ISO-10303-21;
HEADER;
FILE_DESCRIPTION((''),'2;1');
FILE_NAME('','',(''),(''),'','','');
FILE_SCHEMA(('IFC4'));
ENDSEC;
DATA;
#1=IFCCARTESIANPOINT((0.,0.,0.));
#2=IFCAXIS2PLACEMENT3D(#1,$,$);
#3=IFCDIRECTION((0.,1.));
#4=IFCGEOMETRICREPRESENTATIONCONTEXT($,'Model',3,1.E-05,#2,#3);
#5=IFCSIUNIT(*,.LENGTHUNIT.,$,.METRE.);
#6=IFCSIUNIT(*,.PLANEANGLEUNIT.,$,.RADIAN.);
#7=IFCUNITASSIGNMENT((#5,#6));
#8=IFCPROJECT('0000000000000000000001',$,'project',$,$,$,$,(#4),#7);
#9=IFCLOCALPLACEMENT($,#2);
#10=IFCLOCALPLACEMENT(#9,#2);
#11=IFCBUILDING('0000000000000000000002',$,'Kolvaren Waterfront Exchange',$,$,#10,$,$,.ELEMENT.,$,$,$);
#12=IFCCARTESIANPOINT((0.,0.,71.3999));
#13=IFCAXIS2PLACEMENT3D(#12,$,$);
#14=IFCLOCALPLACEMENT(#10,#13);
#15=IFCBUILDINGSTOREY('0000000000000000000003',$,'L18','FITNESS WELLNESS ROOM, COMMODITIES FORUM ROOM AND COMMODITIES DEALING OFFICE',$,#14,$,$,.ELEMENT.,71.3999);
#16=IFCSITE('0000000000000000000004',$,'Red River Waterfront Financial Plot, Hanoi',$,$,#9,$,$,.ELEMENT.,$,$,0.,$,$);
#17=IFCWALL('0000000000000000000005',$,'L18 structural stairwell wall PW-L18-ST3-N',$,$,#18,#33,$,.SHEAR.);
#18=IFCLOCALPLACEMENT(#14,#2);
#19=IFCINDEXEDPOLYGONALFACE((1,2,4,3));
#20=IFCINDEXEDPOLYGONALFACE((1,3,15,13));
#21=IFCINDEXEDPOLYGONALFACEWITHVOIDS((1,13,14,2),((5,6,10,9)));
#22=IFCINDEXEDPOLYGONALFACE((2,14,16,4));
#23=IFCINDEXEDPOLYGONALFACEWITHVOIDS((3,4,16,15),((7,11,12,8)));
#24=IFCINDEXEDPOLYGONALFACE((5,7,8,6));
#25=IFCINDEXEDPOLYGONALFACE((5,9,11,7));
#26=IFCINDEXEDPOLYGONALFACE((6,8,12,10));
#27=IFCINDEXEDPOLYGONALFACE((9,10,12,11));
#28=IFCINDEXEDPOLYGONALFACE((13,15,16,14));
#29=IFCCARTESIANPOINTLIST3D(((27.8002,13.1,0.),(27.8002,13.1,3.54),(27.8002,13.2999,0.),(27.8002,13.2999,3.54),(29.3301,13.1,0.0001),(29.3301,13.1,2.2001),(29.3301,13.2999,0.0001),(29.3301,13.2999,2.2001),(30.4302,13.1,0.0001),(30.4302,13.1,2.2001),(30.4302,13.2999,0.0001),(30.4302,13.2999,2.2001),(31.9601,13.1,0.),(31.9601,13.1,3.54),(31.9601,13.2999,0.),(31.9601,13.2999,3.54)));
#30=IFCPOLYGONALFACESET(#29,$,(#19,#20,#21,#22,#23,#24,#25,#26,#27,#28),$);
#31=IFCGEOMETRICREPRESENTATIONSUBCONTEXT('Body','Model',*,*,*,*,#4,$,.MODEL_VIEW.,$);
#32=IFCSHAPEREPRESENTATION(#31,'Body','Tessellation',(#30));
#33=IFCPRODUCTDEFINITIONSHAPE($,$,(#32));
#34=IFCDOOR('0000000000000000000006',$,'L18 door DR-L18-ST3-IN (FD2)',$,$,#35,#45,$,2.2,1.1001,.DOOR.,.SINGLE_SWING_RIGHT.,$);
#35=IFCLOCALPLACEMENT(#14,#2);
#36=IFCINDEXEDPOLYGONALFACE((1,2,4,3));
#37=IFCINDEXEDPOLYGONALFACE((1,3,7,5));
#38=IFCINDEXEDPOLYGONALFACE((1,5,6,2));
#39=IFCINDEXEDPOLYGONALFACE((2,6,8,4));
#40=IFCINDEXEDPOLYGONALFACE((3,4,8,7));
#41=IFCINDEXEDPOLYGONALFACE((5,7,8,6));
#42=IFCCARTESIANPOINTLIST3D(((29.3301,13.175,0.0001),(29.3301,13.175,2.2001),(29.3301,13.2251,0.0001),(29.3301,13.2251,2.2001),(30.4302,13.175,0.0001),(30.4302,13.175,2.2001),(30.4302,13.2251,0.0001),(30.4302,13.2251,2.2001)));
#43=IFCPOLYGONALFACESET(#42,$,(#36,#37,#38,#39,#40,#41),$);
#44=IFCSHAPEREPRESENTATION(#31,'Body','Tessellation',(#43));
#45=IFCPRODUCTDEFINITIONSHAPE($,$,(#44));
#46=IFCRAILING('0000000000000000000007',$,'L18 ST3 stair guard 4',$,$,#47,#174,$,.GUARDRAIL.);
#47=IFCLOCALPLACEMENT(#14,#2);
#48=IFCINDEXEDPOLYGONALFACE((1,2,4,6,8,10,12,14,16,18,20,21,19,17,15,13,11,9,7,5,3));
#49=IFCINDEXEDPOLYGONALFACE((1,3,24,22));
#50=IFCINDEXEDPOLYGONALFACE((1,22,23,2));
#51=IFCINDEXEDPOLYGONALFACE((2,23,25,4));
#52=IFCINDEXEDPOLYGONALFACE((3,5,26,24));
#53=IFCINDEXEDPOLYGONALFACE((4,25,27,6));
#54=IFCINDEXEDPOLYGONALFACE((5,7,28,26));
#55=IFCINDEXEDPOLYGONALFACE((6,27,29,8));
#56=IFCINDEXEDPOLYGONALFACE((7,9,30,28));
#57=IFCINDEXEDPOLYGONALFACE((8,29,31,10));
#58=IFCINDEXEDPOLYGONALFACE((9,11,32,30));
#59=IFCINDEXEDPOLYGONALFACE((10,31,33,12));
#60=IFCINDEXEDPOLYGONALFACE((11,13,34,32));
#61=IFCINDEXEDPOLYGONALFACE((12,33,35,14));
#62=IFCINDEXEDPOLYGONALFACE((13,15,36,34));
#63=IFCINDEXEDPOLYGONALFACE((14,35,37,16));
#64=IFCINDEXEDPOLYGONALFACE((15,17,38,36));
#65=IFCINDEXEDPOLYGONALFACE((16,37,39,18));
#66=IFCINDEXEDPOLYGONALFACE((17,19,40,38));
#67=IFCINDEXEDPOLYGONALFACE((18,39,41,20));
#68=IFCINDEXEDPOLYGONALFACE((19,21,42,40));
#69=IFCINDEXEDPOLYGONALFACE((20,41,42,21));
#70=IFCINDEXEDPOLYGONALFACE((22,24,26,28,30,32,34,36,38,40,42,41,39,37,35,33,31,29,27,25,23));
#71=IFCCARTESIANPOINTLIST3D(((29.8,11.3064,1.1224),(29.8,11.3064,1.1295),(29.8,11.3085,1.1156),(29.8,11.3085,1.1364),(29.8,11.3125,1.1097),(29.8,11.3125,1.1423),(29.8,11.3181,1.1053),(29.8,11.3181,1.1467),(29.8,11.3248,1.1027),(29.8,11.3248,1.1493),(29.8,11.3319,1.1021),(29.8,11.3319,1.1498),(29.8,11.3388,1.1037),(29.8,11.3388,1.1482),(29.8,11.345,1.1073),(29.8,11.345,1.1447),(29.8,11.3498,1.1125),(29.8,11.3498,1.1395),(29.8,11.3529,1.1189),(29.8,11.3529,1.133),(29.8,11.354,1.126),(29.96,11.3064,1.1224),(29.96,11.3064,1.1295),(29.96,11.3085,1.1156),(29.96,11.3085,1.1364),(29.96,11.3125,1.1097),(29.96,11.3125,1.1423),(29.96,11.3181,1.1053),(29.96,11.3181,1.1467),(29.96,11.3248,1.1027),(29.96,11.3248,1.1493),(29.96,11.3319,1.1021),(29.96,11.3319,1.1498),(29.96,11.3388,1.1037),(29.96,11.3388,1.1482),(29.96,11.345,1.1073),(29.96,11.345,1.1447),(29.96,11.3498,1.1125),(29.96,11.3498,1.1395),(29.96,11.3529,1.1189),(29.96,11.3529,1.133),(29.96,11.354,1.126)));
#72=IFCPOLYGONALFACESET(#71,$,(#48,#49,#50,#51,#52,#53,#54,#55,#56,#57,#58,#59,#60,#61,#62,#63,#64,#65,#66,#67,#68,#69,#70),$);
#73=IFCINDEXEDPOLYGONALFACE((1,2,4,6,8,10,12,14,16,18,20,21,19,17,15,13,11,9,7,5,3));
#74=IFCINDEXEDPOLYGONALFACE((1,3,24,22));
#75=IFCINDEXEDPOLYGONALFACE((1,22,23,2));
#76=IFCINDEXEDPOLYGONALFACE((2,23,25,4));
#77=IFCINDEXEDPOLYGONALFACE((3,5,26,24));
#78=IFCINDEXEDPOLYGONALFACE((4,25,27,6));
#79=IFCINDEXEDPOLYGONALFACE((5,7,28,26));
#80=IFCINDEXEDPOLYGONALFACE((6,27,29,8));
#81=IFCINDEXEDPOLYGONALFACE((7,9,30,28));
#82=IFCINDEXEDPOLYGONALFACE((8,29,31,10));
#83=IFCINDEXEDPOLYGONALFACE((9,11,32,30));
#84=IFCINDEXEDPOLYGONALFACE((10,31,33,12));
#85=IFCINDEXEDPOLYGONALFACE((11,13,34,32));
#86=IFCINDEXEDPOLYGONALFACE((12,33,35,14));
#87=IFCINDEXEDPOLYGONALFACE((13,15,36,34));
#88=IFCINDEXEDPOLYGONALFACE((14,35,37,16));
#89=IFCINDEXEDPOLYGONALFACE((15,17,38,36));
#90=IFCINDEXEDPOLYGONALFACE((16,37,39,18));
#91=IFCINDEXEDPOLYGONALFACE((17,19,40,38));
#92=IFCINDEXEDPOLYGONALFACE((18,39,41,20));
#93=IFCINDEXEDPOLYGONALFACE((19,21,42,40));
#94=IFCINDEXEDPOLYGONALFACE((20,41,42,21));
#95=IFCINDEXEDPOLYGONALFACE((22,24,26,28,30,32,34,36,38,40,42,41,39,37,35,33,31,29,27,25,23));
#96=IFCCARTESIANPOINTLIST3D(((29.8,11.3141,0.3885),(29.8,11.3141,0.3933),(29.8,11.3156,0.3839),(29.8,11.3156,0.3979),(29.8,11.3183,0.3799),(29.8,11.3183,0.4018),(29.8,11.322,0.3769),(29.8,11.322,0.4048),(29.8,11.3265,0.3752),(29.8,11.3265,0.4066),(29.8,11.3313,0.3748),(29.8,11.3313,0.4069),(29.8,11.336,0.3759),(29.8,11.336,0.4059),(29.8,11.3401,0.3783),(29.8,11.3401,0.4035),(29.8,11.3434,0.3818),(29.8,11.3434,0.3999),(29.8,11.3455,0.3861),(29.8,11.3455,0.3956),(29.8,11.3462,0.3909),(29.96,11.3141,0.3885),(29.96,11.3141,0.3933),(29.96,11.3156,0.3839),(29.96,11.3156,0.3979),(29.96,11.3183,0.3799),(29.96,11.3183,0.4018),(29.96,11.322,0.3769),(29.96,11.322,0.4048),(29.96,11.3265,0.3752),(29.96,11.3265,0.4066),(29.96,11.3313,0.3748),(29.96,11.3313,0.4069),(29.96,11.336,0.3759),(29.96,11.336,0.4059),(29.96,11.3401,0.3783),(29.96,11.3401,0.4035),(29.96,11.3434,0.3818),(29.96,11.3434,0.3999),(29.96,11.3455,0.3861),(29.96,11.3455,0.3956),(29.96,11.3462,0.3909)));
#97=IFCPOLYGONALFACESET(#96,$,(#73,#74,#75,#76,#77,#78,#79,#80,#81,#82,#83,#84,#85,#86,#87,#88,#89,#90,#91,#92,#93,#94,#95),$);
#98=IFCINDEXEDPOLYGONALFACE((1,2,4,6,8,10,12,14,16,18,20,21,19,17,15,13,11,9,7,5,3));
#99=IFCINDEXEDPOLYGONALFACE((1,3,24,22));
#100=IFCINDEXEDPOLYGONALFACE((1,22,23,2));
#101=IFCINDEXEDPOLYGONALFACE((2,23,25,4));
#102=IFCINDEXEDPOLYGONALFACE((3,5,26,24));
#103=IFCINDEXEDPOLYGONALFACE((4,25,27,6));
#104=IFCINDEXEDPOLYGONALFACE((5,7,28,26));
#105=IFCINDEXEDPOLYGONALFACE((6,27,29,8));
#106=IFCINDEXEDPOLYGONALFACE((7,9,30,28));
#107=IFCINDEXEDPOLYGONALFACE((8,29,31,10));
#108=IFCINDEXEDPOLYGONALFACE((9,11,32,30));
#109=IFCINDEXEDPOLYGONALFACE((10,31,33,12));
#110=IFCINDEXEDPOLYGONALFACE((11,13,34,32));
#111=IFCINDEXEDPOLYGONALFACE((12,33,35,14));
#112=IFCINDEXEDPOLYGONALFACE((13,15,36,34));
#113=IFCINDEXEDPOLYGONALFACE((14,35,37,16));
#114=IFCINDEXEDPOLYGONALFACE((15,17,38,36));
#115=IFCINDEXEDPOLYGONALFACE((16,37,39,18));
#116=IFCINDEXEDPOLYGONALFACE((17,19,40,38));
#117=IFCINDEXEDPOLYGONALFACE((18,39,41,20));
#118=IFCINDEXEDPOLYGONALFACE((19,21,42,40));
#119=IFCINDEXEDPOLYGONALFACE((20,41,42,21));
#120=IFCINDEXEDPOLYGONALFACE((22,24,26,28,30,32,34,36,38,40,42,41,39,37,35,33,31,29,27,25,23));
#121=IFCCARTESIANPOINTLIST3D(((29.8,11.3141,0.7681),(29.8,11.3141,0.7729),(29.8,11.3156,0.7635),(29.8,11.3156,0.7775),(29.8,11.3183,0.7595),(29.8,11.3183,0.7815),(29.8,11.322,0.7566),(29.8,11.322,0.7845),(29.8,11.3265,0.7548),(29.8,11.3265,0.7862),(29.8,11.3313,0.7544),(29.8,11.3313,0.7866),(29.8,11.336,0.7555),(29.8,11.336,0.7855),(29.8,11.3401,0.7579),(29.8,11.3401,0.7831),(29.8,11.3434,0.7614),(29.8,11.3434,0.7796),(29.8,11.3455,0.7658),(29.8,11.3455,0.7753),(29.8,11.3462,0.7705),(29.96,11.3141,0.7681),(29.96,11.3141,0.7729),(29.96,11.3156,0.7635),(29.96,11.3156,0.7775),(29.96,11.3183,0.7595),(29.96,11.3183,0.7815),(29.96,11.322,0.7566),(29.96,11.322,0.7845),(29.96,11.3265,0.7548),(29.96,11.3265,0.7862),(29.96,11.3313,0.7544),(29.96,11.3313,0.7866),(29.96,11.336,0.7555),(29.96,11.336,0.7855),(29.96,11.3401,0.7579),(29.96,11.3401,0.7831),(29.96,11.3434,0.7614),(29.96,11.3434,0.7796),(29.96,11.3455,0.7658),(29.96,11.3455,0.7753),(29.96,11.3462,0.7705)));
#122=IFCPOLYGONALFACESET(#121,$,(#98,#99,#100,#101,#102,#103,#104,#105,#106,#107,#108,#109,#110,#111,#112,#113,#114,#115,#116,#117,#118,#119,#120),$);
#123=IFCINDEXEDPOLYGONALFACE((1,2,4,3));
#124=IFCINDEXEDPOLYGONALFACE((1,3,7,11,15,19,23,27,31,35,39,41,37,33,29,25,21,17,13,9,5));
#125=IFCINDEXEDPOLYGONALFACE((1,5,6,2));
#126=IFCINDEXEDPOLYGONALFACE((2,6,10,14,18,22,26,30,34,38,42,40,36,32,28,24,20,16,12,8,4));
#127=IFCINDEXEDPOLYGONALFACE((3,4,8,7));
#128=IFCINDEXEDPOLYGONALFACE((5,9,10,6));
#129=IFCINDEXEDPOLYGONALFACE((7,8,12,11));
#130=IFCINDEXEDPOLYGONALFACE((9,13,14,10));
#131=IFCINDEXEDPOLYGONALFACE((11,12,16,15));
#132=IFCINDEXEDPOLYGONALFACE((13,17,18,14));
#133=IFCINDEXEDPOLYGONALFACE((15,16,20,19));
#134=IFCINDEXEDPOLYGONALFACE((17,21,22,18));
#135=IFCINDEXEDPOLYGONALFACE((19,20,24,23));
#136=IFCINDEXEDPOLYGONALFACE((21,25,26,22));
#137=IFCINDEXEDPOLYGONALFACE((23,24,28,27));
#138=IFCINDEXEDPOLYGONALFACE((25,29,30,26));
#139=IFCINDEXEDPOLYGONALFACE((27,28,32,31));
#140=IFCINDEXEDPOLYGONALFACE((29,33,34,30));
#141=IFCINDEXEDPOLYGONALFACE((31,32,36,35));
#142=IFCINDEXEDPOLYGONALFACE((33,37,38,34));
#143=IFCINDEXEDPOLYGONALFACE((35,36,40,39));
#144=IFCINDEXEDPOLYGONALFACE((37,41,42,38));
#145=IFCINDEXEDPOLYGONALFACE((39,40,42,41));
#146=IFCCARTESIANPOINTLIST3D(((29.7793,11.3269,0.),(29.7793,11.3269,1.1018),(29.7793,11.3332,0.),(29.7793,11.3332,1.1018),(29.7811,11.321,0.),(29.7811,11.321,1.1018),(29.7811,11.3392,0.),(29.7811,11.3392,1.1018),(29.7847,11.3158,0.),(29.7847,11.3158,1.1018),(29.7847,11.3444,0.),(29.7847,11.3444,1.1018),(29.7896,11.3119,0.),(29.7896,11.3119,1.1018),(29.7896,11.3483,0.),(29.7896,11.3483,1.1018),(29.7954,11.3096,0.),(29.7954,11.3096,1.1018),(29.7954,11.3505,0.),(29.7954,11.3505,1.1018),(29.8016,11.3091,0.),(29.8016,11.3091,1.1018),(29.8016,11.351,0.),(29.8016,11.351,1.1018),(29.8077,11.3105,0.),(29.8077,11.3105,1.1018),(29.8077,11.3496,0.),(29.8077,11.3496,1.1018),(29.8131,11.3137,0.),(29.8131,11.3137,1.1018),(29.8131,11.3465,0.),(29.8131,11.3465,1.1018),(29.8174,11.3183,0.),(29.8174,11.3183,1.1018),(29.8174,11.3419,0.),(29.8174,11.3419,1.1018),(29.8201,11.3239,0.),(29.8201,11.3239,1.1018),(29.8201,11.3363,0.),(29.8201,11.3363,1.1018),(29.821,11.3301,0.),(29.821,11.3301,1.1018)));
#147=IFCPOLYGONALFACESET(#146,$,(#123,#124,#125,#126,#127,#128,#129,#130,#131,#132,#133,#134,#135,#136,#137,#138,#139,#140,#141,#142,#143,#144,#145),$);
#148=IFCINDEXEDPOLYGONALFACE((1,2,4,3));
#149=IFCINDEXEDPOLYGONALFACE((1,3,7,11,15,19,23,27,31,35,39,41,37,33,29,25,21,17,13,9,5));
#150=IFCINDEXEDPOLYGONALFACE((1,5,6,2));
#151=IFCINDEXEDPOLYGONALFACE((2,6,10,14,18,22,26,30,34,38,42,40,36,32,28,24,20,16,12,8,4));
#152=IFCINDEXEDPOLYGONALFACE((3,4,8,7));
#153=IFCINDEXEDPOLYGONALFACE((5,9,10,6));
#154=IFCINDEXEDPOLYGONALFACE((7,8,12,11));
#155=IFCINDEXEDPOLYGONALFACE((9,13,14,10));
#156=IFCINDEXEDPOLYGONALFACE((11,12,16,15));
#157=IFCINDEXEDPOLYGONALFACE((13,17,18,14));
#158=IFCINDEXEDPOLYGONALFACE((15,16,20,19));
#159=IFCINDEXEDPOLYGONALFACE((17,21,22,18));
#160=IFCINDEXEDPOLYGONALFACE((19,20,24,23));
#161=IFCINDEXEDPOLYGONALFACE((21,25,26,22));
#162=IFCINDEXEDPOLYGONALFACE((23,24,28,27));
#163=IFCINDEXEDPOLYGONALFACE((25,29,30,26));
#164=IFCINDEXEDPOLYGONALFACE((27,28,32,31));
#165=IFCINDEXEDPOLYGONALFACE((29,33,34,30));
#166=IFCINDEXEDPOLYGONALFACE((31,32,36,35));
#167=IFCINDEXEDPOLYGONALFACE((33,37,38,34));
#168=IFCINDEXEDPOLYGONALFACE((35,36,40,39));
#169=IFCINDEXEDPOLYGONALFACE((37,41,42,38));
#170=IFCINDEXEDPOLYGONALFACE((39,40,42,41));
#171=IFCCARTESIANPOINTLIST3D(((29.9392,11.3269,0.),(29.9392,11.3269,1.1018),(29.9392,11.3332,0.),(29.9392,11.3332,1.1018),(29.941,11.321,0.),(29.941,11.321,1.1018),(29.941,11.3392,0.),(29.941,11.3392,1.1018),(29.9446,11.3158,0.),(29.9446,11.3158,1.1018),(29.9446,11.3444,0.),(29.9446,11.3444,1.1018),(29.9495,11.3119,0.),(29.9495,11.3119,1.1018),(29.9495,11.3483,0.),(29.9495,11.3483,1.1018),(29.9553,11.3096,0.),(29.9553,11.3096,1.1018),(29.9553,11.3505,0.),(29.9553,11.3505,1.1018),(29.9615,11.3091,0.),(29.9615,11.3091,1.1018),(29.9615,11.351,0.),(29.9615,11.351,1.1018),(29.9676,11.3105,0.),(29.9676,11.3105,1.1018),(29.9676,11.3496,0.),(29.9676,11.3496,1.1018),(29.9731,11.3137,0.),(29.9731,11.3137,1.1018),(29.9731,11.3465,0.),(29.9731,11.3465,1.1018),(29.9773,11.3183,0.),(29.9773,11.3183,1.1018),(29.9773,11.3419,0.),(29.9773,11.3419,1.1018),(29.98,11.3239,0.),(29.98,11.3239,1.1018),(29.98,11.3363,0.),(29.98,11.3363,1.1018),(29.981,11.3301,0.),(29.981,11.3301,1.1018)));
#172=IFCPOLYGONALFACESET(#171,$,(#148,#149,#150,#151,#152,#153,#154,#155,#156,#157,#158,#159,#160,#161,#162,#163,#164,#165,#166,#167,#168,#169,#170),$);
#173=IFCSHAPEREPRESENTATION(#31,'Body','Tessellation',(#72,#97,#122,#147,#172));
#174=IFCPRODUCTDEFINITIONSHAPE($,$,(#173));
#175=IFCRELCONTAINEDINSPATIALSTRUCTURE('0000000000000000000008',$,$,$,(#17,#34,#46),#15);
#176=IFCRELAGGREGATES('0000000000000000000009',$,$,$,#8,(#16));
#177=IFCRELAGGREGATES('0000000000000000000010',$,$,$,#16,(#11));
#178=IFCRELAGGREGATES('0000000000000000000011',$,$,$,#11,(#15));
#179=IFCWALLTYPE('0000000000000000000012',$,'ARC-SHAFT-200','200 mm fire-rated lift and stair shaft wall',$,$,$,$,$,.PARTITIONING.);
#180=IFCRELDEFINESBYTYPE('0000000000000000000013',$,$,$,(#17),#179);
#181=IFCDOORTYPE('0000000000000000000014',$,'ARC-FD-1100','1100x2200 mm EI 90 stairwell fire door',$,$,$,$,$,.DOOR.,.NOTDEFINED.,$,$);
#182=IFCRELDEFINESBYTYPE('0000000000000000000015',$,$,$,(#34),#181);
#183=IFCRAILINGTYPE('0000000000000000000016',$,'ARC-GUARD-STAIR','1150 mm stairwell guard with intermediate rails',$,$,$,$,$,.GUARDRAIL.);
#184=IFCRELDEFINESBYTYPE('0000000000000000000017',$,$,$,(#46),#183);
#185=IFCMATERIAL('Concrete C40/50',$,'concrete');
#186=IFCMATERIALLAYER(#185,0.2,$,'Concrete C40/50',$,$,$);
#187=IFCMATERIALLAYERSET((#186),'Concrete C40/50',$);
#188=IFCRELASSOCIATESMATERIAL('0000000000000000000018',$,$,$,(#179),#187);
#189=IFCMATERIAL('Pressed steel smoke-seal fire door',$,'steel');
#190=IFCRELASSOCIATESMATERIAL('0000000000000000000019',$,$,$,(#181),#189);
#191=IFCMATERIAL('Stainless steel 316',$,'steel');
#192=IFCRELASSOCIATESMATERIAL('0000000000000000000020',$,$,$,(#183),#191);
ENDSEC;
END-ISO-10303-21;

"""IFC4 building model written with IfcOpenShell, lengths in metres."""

from ifc_helpers import new_model, si_unit, direction, frame, frame_2d, origin, origin_2d, place, context, subcontext, project, spatial, rectangle, circle, extrude, material, layer, layer_set, type_object, element, fill, save


model = new_model("IFC4")

# Units and contexts
model_context = context("Model", 3, precision=1e-05, world=origin(), true_north=direction((0.0, 1.0)))
body_context = subcontext(model_context, "Body", "Model", "MODEL_VIEW")
ifc_project = project(units=[si_unit("LENGTHUNIT", "METRE"), si_unit("PLANEANGLEUNIT", "RADIAN")], contexts=[model_context])

# Site, building, storey
site_placement = place(None, origin())
site = spatial("IfcSite", under=ifc_project, at=site_placement, Name="Red River Waterfront Financial Plot, Hanoi", CompositionType="ELEMENT", RefElevation=0.0)
building_placement = place(site_placement, origin())
building = spatial("IfcBuilding", under=site, at=building_placement, Name="Kolvaren Waterfront Exchange", CompositionType="ELEMENT")
storey_placement = place(building_placement, frame((0.0, 0.0, 71.3999)))
storey = spatial("IfcBuildingStorey", under=building, at=storey_placement, Name="L18", Description="FITNESS WELLNESS ROOM, COMMODITIES FORUM ROOM AND COMMODITIES DEALING OFFICE", CompositionType="ELEMENT", Elevation=71.3999)

# Wall, opening, door
ifc_material_1 = material(Name="Concrete C40/50", Category="concrete")
ifc_layer_1 = layer(ifc_material_1, 0.2, Name="Concrete C40/50")
ifc_layer_set_1 = layer_set([ifc_layer_1], Name="Concrete C40/50")
wall_type_1 = type_object("IfcWallType", Name="ARC-SHAFT-200", Description="200 mm fire-rated lift and stair shaft wall", PredefinedType="PARTITIONING", material=ifc_layer_set_1)
wall_1_placement = place(storey_placement, frame((27.8, 13.2, 0.0), z_axis=(0.0, 0.0, 1.0), x_axis=(1.0, 0.0, 0.0)))
wall_1 = element("IfcWall", 1, at=wall_1_placement, inside=storey, type_object=wall_type_1, Name="L18 structural stairwell wall PW-L18-ST3-N", PredefinedType="SHEAR", context=body_context, shape_type="SweptSolid", body=[
    extrude(rectangle(XDim=4.1599, YDim=0.2, at=frame_2d((2.0801, 0.0))), origin(), (0.0, 0.0, 1.0), 3.54),
])
opening_1_placement = place(wall_1_placement, frame((1.53, 0.0, 0.0)))
opening_1 = element("IfcOpeningElement", 2, at=opening_1_placement, cuts=wall_1, PredefinedType="OPENING", context=body_context, shape_type="SweptSolid", body=[
    extrude(rectangle(XDim=1.1001, YDim=2.2, at=frame_2d((0.55, 1.1001))), frame((0.0, 0.1099, 0.0), z_axis=(0.0, -1.0, 0.0), x_axis=(1.0, 0.0, 0.0)), (0.0, 0.0, 1.0), 0.22),
])
ifc_material_2 = material(Name="Pressed steel smoke-seal fire door", Category="steel")
door_type_1 = type_object("IfcDoorType", Name="ARC-FD-1100", Description="1100x2200 mm EI 90 stairwell fire door", OperationType="NOTDEFINED", PredefinedType="DOOR", material=ifc_material_2)
door_1_placement = place(opening_1_placement, frame((1.1001, 0.0, 0.0), z_axis=(0.0, 0.0, 1.0), x_axis=(-1.0, 0.0, 0.0)))
door_1 = element("IfcDoor", 3, at=door_1_placement, inside=storey, type_object=door_type_1, Name="L18 door DR-L18-ST3-IN (FD2)", OperationType="SINGLE_SWING_RIGHT", OverallHeight=2.2, OverallWidth=1.1001, PredefinedType="DOOR", context=body_context, shape_type="SweptSolid", body=[
    extrude(rectangle(XDim=1.1001, YDim=2.2, at=frame_2d((0.55, 1.1001))), frame((0.0, 0.0249, 0.0), z_axis=(0.0, -1.0, 0.0), x_axis=(1.0, 0.0, 0.0)), (0.0, 0.0, 1.0), 0.05),
])
fill(opening_1, door_1)

# Railing
ifc_material_3 = material(Name="Stainless steel 316", Category="steel")
railing_type = type_object("IfcRailingType", Name="ARC-GUARD-STAIR", Description="1150 mm stairwell guard with intermediate rails", PredefinedType="GUARDRAIL", material=ifc_material_3)
railing_placement = place(storey_placement, frame((29.8, 11.3301, 0.0)))
element("IfcRailing", 4, at=railing_placement, inside=storey, type_object=railing_type, Name="L18 ST3 stair guard 4", PredefinedType="GUARDRAIL", context=body_context, shape_type="SweptSolid", body=[
    extrude(circle(Radius=0.0239, at=origin_2d()), frame((0.0, 0.0, 1.126), z_axis=(1.0, 0.0, 0.0), x_axis=(0.0, 1.0, 0.0)), (0.0, 0.0, 1.0), 0.1599),
    extrude(circle(Radius=0.0161, at=origin_2d()), frame((0.0, 0.0, 0.3909), z_axis=(1.0, 0.0, 0.0), x_axis=(0.0, 1.0, 0.0)), (0.0, 0.0, 1.0), 0.1599),
    extrude(circle(Radius=0.0161, at=origin_2d()), frame((0.0, 0.0, 0.7705), z_axis=(1.0, 0.0, 0.0), x_axis=(0.0, 1.0, 0.0)), (0.0, 0.0, 1.0), 0.1599),
    extrude(circle(Radius=0.021, at=origin_2d()), origin(), (0.0, 0.0, 1.0), 1.1018),
    extrude(circle(Radius=0.021, at=origin_2d()), frame((0.1599, 0.0, 0.0)), (0.0, 0.0, 1.0), 1.1018),
])

save(model, "model.ifc")
